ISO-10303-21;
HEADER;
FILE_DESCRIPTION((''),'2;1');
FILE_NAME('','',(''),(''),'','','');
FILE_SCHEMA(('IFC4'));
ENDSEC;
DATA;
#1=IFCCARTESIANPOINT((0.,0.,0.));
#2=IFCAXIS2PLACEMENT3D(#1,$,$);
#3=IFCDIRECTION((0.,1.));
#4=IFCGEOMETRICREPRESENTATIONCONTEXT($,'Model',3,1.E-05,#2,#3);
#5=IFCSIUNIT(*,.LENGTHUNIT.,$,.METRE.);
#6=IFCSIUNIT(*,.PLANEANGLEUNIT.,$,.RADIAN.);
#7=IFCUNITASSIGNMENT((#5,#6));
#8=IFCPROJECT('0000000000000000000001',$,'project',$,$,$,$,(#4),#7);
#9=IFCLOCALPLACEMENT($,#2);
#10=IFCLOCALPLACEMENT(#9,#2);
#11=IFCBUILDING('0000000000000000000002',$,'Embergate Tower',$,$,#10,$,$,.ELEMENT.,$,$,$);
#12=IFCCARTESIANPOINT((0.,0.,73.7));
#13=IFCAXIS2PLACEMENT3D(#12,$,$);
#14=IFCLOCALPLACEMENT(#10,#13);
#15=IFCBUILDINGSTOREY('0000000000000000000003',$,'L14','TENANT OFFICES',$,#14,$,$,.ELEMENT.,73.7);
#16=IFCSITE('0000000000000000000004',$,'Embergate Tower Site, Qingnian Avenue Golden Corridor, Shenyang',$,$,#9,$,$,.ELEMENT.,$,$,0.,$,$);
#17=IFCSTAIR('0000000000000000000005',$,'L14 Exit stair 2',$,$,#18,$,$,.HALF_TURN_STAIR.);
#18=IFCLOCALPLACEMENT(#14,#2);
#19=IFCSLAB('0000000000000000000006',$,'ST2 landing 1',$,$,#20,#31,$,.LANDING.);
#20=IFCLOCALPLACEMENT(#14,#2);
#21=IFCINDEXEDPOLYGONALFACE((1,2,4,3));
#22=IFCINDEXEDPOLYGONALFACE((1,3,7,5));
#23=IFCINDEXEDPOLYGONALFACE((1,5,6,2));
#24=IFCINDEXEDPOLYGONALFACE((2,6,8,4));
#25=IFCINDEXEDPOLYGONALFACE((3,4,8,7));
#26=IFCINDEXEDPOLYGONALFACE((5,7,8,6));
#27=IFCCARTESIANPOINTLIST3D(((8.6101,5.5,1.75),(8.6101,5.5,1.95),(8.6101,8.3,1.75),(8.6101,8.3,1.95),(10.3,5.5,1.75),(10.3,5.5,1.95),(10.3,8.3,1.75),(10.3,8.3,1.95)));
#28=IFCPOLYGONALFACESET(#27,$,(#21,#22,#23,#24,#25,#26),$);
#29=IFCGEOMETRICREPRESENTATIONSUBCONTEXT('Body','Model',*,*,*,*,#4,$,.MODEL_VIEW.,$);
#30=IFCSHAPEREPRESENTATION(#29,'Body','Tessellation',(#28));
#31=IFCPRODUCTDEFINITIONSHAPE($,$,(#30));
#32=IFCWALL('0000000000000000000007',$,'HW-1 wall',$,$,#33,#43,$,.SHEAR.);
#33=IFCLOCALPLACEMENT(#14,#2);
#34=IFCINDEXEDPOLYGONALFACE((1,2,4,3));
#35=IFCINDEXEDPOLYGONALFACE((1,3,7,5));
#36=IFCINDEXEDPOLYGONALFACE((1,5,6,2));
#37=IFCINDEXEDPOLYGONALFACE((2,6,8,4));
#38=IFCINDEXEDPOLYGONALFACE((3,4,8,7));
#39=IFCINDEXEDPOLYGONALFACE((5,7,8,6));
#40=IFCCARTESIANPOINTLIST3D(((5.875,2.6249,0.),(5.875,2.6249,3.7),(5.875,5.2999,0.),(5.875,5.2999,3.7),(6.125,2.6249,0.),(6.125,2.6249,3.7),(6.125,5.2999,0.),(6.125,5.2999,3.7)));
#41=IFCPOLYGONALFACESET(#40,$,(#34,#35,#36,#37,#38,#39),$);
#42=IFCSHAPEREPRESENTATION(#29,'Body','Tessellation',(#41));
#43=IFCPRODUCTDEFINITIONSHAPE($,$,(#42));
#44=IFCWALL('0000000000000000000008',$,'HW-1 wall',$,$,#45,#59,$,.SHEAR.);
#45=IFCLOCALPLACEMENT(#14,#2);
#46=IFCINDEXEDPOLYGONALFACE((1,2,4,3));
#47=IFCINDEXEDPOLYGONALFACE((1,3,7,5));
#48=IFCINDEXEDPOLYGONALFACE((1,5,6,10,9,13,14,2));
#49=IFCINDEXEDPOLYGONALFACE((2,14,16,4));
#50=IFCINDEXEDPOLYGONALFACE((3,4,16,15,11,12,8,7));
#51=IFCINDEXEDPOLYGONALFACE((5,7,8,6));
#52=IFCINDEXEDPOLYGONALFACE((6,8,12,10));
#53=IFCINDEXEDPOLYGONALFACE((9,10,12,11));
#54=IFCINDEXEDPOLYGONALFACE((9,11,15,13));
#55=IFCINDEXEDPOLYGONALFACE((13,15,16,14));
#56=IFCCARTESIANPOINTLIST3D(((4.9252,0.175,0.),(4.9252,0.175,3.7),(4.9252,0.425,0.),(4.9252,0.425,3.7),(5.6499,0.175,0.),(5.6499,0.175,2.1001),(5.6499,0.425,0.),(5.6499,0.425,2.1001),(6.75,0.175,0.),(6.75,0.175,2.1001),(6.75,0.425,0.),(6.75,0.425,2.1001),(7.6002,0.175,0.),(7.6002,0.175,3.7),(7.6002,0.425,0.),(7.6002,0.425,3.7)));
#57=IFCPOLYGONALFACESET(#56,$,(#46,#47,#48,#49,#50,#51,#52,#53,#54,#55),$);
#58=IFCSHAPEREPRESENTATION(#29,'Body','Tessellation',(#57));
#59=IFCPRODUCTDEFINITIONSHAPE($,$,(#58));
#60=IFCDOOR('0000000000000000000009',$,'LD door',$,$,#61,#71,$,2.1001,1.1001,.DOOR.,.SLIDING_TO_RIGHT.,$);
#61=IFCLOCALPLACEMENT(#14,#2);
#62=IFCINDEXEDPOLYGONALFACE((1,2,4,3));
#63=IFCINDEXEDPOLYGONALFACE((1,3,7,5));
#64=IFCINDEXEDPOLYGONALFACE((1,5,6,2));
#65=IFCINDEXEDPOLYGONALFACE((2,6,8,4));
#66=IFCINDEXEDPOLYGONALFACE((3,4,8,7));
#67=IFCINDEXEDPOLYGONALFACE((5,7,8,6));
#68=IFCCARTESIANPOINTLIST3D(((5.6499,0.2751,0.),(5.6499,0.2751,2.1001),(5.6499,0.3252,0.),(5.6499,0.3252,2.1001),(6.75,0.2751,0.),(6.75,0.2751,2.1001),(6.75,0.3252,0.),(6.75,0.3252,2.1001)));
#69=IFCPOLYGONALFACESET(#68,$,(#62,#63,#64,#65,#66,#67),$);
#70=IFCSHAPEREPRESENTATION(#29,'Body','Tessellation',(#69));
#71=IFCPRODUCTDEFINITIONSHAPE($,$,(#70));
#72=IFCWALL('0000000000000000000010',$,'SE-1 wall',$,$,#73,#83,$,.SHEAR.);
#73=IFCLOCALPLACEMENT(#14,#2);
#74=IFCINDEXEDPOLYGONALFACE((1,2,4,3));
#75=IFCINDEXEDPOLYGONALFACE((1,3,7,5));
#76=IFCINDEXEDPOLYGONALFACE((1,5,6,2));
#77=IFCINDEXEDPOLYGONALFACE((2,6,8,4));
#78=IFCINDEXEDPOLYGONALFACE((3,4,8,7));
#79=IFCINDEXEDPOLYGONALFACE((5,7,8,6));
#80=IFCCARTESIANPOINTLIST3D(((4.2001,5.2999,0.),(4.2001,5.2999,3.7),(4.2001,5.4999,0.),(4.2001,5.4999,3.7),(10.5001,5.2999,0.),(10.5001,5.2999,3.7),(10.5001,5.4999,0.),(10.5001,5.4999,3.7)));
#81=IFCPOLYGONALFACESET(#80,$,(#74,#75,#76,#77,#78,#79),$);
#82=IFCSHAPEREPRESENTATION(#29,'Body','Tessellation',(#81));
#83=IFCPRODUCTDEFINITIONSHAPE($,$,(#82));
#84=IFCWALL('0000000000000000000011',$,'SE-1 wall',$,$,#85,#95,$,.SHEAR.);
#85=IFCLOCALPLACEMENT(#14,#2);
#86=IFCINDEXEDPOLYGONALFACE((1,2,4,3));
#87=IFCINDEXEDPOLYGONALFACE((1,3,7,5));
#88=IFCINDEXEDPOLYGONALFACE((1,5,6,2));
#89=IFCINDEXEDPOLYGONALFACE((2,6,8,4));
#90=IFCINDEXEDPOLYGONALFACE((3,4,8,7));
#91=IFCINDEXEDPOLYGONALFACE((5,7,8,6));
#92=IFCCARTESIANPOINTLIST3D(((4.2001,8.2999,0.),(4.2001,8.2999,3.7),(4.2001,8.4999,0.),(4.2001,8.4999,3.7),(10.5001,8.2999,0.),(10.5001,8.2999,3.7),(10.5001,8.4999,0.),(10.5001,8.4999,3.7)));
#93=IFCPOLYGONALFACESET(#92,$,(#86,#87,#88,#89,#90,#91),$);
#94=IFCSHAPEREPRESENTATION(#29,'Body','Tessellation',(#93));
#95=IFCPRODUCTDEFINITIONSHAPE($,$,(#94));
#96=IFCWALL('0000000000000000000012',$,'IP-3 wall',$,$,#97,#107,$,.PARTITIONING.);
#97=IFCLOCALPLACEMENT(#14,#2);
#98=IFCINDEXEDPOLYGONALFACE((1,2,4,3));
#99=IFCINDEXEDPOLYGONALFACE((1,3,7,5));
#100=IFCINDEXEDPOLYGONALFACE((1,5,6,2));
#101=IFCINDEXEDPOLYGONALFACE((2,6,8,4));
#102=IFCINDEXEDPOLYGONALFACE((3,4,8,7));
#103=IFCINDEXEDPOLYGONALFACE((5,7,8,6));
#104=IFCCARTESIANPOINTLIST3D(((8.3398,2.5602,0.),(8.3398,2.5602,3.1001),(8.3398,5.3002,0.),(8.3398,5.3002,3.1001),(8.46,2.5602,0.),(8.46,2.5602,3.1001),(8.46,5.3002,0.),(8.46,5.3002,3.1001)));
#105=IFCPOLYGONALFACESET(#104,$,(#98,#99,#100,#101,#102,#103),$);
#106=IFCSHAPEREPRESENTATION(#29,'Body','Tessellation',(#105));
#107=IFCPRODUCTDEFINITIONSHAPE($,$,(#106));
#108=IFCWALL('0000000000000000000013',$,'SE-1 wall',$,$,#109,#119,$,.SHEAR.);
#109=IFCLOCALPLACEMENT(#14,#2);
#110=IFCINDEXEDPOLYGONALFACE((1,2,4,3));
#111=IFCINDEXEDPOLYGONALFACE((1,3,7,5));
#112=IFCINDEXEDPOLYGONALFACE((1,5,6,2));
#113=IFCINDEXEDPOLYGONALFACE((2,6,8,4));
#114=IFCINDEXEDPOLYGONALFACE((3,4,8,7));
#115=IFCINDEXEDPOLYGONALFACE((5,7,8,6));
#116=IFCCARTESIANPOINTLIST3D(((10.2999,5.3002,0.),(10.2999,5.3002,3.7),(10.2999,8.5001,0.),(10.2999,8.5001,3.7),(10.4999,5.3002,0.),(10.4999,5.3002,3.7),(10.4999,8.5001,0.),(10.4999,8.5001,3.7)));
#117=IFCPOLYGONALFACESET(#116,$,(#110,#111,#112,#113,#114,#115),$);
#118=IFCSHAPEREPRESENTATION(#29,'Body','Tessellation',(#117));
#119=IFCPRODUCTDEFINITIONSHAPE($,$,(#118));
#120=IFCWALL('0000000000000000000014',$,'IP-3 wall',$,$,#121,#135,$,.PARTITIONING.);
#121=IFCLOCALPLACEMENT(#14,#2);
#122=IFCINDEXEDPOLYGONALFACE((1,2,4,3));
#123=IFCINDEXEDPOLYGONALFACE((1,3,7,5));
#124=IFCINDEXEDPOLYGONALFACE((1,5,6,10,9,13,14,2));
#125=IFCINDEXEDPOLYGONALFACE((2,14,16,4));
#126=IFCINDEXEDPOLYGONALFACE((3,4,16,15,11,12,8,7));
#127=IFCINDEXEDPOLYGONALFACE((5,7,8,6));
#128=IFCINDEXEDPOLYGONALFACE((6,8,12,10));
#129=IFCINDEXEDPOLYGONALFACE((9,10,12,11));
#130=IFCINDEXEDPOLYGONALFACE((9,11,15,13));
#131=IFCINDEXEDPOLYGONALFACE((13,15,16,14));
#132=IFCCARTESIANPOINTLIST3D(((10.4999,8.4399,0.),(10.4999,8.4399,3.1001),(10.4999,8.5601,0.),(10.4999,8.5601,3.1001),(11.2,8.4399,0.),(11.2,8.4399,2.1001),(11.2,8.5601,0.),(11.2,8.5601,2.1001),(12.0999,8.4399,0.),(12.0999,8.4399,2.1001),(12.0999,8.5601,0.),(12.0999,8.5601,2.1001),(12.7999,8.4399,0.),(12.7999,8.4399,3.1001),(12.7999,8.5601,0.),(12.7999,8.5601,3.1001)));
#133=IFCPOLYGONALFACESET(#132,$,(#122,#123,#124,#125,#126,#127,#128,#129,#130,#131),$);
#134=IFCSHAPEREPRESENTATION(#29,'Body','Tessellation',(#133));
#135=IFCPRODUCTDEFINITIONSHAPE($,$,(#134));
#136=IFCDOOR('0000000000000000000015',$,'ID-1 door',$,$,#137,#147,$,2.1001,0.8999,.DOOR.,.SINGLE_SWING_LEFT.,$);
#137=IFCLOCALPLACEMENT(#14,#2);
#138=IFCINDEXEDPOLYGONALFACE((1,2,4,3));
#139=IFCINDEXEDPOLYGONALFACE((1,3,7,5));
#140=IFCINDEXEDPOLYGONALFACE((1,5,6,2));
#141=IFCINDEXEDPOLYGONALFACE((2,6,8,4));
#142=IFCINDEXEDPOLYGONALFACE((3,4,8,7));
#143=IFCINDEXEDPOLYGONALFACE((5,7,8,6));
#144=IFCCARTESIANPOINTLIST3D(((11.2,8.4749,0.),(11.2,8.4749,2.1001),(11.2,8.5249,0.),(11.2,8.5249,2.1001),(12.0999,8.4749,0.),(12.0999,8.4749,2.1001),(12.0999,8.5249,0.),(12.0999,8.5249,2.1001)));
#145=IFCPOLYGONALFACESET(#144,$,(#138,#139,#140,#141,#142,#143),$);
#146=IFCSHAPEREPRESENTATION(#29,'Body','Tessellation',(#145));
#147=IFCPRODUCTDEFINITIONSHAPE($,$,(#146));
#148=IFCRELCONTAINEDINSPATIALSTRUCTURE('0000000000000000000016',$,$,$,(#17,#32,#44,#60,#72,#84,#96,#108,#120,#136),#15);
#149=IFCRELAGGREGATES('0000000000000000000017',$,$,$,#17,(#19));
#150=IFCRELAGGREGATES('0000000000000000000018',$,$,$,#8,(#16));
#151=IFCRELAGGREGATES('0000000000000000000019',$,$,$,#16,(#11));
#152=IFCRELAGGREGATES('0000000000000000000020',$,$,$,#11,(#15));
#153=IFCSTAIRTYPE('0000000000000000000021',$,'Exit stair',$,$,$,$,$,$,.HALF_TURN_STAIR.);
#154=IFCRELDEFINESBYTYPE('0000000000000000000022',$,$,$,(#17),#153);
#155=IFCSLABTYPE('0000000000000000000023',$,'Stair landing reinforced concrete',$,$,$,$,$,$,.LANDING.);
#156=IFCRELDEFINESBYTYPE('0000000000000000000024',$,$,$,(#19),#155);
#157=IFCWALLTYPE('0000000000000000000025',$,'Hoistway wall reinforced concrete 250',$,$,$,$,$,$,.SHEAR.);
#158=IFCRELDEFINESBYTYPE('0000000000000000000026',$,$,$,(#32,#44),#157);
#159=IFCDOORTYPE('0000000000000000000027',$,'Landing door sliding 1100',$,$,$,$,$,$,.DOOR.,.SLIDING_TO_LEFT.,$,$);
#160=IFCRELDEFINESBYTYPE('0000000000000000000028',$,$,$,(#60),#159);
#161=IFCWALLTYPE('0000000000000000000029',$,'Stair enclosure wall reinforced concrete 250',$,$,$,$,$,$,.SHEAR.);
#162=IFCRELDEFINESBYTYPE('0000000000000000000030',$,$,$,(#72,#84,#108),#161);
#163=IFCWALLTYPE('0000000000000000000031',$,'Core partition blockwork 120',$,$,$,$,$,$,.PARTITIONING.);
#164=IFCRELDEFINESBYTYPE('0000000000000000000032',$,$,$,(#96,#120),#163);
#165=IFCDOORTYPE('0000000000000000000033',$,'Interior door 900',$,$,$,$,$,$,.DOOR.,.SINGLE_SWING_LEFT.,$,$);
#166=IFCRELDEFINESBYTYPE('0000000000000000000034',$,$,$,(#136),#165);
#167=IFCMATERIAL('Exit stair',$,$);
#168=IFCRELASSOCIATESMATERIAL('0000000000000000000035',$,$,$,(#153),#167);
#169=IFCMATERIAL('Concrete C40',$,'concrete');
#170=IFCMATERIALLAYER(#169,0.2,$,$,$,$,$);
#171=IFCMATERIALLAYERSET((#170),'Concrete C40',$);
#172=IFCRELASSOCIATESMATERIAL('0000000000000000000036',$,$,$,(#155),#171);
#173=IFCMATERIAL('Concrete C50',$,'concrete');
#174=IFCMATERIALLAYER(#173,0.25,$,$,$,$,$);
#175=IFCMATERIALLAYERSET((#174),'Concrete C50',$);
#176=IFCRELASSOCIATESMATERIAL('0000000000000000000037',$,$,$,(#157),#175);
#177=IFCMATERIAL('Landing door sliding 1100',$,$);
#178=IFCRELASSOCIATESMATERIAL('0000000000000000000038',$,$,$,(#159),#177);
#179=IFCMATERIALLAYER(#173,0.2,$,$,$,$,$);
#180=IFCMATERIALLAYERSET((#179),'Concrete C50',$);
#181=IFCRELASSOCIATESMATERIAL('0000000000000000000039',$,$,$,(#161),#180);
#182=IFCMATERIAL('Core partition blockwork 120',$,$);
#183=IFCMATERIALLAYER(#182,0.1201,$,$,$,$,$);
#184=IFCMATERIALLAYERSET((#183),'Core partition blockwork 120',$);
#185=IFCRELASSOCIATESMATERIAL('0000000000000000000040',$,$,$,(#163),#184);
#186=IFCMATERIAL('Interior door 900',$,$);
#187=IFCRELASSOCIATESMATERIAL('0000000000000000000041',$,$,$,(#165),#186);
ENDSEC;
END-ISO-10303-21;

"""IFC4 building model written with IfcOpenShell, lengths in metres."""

from ifc_helpers import new_model, si_unit, direction, frame, frame_2d, origin, place, context, subcontext, project, spatial, polyline, rectangle, outline, extrude, source, transform, mapped, material, layer, layer_set, type_object, element, fill, aggregate, save


model = new_model("IFC4")

# Units and contexts
model_context = context("Model", 3, precision=1e-05, world=origin(), true_north=direction((0.0, 1.0)))
body_context = subcontext(model_context, "Body", "Model", "MODEL_VIEW")
ifc_project = project(units=[si_unit("LENGTHUNIT", "METRE"), si_unit("PLANEANGLEUNIT", "RADIAN")], contexts=[model_context])

# Site, building, storey
site_placement = place(None, origin())
site = spatial("IfcSite", under=ifc_project, at=site_placement, Name="Embergate Tower Site, Qingnian Avenue Golden Corridor, Shenyang", CompositionType="ELEMENT", RefElevation=0.0)
building_placement = place(site_placement, origin())
building = spatial("IfcBuilding", under=site, at=building_placement, Name="Embergate Tower", CompositionType="ELEMENT")
storey_placement = place(building_placement, frame((0.0, 0.0, 73.7)))
storey = spatial("IfcBuildingStorey", under=building, at=storey_placement, Name="L14", Description="TENANT OFFICES", CompositionType="ELEMENT", Elevation=73.7)

# Stair, slab
ifc_material_1 = material(Name="Exit stair")
stair_type = type_object("IfcStairType", Name="Exit stair", PredefinedType="HALF_TURN_STAIR", material=ifc_material_1)
stair_placement = place(storey_placement, origin())
stair = element("IfcStair", 1, at=stair_placement, inside=storey, type_object=stair_type, Name="L14 Exit stair 2", PredefinedType="HALF_TURN_STAIR")
ifc_material_2 = material(Name="Concrete C40", Category="concrete")
ifc_layer_1 = layer(ifc_material_2, 0.2)
ifc_layer_set_1 = layer_set([ifc_layer_1], Name="Concrete C40")
slab_type = type_object("IfcSlabType", Name="Stair landing reinforced concrete", PredefinedType="LANDING", material=ifc_layer_set_1)
shared_shape_1 = source(origin(), body_context, "Body", "SweptSolid", [
    extrude(outline(polyline([(0.0, 0.0), (1.6899, 0.0), (1.6899, 2.8), (0.0, 2.8), (0.0, 0.0)])), origin(), (0.0, 0.0, 1.0), 0.2),
])
slab_placement = place(storey_placement, frame((8.6101, 5.5, 1.75)))
slab = element("IfcSlab", 2, at=slab_placement, type_object=slab_type, Name="ST2 landing 1", PredefinedType="LANDING", context=body_context, shape_type="MappedRepresentation", body=[
    mapped(shared_shape_1, transform((0.0, 0.0, 0.0))),
])

# Wall
ifc_material_3 = material(Name="Concrete C50", Category="concrete")
ifc_layer_2 = layer(ifc_material_3, 0.25)
ifc_layer_set_2 = layer_set([ifc_layer_2], Name="Concrete C50")
wall_type_1 = type_object("IfcWallType", Name="Hoistway wall reinforced concrete 250", PredefinedType="SHEAR", material=ifc_layer_set_2)
shared_shape_2 = source(origin(), body_context, "Body", "SweptSolid", [
    extrude(rectangle(XDim=2.675, YDim=0.25, at=frame_2d((1.3374, 0.0))), origin(), (0.0, 0.0, 1.0), 3.7),
])
wall_1_placement = place(storey_placement, frame((6.0, 2.625, 0.0), z_axis=(0.0, 0.0, 1.0), x_axis=(0.0, 1.0, 0.0)))
element("IfcWall", 3, at=wall_1_placement, inside=storey, type_object=wall_type_1, Name="HW-1 wall", PredefinedType="SHEAR", context=body_context, shape_type="MappedRepresentation", body=[
    mapped(shared_shape_2, transform((0.0, 0.0, 0.0))),
])

# Wall, opening, door
wall_2_placement = place(storey_placement, frame((7.6001, 0.3, 0.0), z_axis=(0.0, 0.0, 1.0), x_axis=(-1.0, 0.0, 0.0)))
wall_2 = element("IfcWall", 4, at=wall_2_placement, inside=storey, type_object=wall_type_1, Name="HW-1 wall", PredefinedType="SHEAR", context=body_context, shape_type="MappedRepresentation", body=[
    mapped(shared_shape_2, transform((0.0, 0.0, 0.0))),
])
shared_shape_3 = source(origin(), body_context, "Body", "SweptSolid", [
    extrude(rectangle(XDim=1.1001, YDim=2.1001, at=frame_2d((0.55, 1.05))), frame((0.0, 0.135, 0.0), z_axis=(0.0, -1.0, 0.0), x_axis=(1.0, 0.0, 0.0)), (0.0, 0.0, 1.0), 0.27),
])
opening_1_placement = place(wall_2_placement, frame((0.8501, 0.0, 0.0)))
opening_1 = element("IfcOpeningElement", 5, at=opening_1_placement, cuts=wall_2, PredefinedType="OPENING", context=body_context, shape_type="MappedRepresentation", body=[
    mapped(shared_shape_3, transform((0.0, 0.0, 0.0))),
])
ifc_material_4 = material(Name="Landing door sliding 1100")
door_type_1 = type_object("IfcDoorType", Name="Landing door sliding 1100", OperationType="SLIDING_TO_LEFT", PredefinedType="DOOR", material=ifc_material_4)
shared_shape_4 = source(origin(), body_context, "Body", "SweptSolid", [
    extrude(rectangle(XDim=1.1001, YDim=2.1001, at=frame_2d((0.55, 1.05))), frame((0.0, 0.0249, 0.0), z_axis=(0.0, -1.0, 0.0), x_axis=(1.0, 0.0, 0.0)), (0.0, 0.0, 1.0), 0.05),
])
door_1_placement = place(opening_1_placement, origin())
door_1 = element("IfcDoor", 6, at=door_1_placement, inside=storey, type_object=door_type_1, Name="LD door", OperationType="SLIDING_TO_RIGHT", OverallHeight=2.1001, OverallWidth=1.1001, PredefinedType="DOOR", context=body_context, shape_type="MappedRepresentation", body=[
    mapped(shared_shape_4, transform((0.0, 0.0, 0.0))),
])
fill(opening_1, door_1)

# Walls
ifc_layer_3 = layer(ifc_material_3, 0.2)
ifc_layer_set_3 = layer_set([ifc_layer_3], Name="Concrete C50")
wall_type_2 = type_object("IfcWallType", Name="Stair enclosure wall reinforced concrete 250", PredefinedType="SHEAR", material=ifc_layer_set_3)
shared_shape_5 = source(origin(), body_context, "Body", "SweptSolid", [
    extrude(rectangle(XDim=6.3, YDim=0.2, at=frame_2d((3.1499, 0.0))), origin(), (0.0, 0.0, 1.0), 3.7),
])
for number, where, z_axis, x_axis, name in (
    (7, (10.5, 5.3999, 0.0), (0.0, 0.0, 1.0), (-1.0, 0.0, 0.0), "SE-1 wall"),
    (8, (10.5, 8.3999, 0.0), (0.0, 0.0, 1.0), (-1.0, 0.0, 0.0), "SE-1 wall"),
):
    element("IfcWall", number, at=place(storey_placement, frame(where, z_axis=z_axis, x_axis=x_axis)), inside=storey, type_object=wall_type_2, Name=name, PredefinedType="SHEAR", context=body_context, shape_type="MappedRepresentation", body=[
        mapped(shared_shape_5, transform((0.0, 0.0, 0.0))),
    ])
ifc_material_5 = material(Name="Core partition blockwork 120")
ifc_layer_4 = layer(ifc_material_5, 0.1201)
ifc_layer_set_4 = layer_set([ifc_layer_4], Name="Core partition blockwork 120")
wall_type_3 = type_object("IfcWallType", Name="Core partition blockwork 120", PredefinedType="PARTITIONING", material=ifc_layer_set_4)
shared_shape_6 = source(origin(), body_context, "Body", "SweptSolid", [
    extrude(rectangle(XDim=2.74, YDim=0.1201, at=frame_2d((1.3701, 0.0))), origin(), (0.0, 0.0, 1.0), 3.1001),
])
wall_3_placement = place(storey_placement, frame((8.3999, 2.5601, 0.0), z_axis=(0.0, 0.0, 1.0), x_axis=(0.0, 1.0, 0.0)))
element("IfcWall", 9, at=wall_3_placement, inside=storey, type_object=wall_type_3, Name="IP-3 wall", PredefinedType="PARTITIONING", context=body_context, shape_type="MappedRepresentation", body=[
    mapped(shared_shape_6, transform((0.0, 0.0, 0.0))),
])
shared_shape_7 = source(origin(), body_context, "Body", "SweptSolid", [
    extrude(rectangle(XDim=3.2, YDim=0.2, at=frame_2d((1.6001, 0.0))), origin(), (0.0, 0.0, 1.0), 3.7),
])
wall_4_placement = place(storey_placement, frame((10.3999, 5.3, 0.0), z_axis=(0.0, 0.0, 1.0), x_axis=(0.0, 1.0, 0.0)))
element("IfcWall", 10, at=wall_4_placement, inside=storey, type_object=wall_type_2, Name="SE-1 wall", PredefinedType="SHEAR", context=body_context, shape_type="MappedRepresentation", body=[
    mapped(shared_shape_7, transform((0.0, 0.0, 0.0))),
])

# Wall, opening, door
shared_shape_8 = source(origin(), body_context, "Body", "SweptSolid", [
    extrude(rectangle(XDim=2.3, YDim=0.1201, at=frame_2d((1.1499, 0.0))), origin(), (0.0, 0.0, 1.0), 3.1001),
])
wall_5_placement = place(storey_placement, frame((10.5, 8.5, 0.0), z_axis=(0.0, 0.0, 1.0), x_axis=(1.0, 0.0, 0.0)))
wall_5 = element("IfcWall", 11, at=wall_5_placement, inside=storey, type_object=wall_type_3, Name="IP-3 wall", PredefinedType="PARTITIONING", context=body_context, shape_type="MappedRepresentation", body=[
    mapped(shared_shape_8, transform((0.0, 0.0, 0.0))),
])
shared_shape_9 = source(origin(), body_context, "Body", "SweptSolid", [
    extrude(rectangle(XDim=0.8999, YDim=2.1001, at=frame_2d((0.45, 1.05))), frame((0.0, 0.0701, 0.0), z_axis=(0.0, -1.0, 0.0), x_axis=(1.0, 0.0, 0.0)), (0.0, 0.0, 1.0), 0.1401),
])
opening_2_placement = place(wall_5_placement, frame((0.7, 0.0, 0.0)))
opening_2 = element("IfcOpeningElement", 12, at=opening_2_placement, cuts=wall_5, PredefinedType="OPENING", context=body_context, shape_type="MappedRepresentation", body=[
    mapped(shared_shape_9, transform((0.0, 0.0, 0.0))),
])
ifc_material_6 = material(Name="Interior door 900")
door_type_2 = type_object("IfcDoorType", Name="Interior door 900", OperationType="SINGLE_SWING_LEFT", PredefinedType="DOOR", material=ifc_material_6)
shared_shape_10 = source(origin(), body_context, "Body", "SweptSolid", [
    extrude(rectangle(XDim=0.8999, YDim=2.1001, at=frame_2d((0.45, 1.05))), frame((0.0, 0.0249, 0.0), z_axis=(0.0, -1.0, 0.0), x_axis=(1.0, 0.0, 0.0)), (0.0, 0.0, 1.0), 0.05),
])
door_2_placement = place(opening_2_placement, origin())
door_2 = element("IfcDoor", 13, at=door_2_placement, inside=storey, type_object=door_type_2, Name="ID-1 door", OperationType="SINGLE_SWING_LEFT", OverallHeight=2.1001, OverallWidth=0.8999, PredefinedType="DOOR", context=body_context, shape_type="MappedRepresentation", body=[
    mapped(shared_shape_10, transform((0.0, 0.0, 0.0))),
])
fill(opening_2, door_2)

aggregate(stair, [slab])

save(model, "model.ifc")
